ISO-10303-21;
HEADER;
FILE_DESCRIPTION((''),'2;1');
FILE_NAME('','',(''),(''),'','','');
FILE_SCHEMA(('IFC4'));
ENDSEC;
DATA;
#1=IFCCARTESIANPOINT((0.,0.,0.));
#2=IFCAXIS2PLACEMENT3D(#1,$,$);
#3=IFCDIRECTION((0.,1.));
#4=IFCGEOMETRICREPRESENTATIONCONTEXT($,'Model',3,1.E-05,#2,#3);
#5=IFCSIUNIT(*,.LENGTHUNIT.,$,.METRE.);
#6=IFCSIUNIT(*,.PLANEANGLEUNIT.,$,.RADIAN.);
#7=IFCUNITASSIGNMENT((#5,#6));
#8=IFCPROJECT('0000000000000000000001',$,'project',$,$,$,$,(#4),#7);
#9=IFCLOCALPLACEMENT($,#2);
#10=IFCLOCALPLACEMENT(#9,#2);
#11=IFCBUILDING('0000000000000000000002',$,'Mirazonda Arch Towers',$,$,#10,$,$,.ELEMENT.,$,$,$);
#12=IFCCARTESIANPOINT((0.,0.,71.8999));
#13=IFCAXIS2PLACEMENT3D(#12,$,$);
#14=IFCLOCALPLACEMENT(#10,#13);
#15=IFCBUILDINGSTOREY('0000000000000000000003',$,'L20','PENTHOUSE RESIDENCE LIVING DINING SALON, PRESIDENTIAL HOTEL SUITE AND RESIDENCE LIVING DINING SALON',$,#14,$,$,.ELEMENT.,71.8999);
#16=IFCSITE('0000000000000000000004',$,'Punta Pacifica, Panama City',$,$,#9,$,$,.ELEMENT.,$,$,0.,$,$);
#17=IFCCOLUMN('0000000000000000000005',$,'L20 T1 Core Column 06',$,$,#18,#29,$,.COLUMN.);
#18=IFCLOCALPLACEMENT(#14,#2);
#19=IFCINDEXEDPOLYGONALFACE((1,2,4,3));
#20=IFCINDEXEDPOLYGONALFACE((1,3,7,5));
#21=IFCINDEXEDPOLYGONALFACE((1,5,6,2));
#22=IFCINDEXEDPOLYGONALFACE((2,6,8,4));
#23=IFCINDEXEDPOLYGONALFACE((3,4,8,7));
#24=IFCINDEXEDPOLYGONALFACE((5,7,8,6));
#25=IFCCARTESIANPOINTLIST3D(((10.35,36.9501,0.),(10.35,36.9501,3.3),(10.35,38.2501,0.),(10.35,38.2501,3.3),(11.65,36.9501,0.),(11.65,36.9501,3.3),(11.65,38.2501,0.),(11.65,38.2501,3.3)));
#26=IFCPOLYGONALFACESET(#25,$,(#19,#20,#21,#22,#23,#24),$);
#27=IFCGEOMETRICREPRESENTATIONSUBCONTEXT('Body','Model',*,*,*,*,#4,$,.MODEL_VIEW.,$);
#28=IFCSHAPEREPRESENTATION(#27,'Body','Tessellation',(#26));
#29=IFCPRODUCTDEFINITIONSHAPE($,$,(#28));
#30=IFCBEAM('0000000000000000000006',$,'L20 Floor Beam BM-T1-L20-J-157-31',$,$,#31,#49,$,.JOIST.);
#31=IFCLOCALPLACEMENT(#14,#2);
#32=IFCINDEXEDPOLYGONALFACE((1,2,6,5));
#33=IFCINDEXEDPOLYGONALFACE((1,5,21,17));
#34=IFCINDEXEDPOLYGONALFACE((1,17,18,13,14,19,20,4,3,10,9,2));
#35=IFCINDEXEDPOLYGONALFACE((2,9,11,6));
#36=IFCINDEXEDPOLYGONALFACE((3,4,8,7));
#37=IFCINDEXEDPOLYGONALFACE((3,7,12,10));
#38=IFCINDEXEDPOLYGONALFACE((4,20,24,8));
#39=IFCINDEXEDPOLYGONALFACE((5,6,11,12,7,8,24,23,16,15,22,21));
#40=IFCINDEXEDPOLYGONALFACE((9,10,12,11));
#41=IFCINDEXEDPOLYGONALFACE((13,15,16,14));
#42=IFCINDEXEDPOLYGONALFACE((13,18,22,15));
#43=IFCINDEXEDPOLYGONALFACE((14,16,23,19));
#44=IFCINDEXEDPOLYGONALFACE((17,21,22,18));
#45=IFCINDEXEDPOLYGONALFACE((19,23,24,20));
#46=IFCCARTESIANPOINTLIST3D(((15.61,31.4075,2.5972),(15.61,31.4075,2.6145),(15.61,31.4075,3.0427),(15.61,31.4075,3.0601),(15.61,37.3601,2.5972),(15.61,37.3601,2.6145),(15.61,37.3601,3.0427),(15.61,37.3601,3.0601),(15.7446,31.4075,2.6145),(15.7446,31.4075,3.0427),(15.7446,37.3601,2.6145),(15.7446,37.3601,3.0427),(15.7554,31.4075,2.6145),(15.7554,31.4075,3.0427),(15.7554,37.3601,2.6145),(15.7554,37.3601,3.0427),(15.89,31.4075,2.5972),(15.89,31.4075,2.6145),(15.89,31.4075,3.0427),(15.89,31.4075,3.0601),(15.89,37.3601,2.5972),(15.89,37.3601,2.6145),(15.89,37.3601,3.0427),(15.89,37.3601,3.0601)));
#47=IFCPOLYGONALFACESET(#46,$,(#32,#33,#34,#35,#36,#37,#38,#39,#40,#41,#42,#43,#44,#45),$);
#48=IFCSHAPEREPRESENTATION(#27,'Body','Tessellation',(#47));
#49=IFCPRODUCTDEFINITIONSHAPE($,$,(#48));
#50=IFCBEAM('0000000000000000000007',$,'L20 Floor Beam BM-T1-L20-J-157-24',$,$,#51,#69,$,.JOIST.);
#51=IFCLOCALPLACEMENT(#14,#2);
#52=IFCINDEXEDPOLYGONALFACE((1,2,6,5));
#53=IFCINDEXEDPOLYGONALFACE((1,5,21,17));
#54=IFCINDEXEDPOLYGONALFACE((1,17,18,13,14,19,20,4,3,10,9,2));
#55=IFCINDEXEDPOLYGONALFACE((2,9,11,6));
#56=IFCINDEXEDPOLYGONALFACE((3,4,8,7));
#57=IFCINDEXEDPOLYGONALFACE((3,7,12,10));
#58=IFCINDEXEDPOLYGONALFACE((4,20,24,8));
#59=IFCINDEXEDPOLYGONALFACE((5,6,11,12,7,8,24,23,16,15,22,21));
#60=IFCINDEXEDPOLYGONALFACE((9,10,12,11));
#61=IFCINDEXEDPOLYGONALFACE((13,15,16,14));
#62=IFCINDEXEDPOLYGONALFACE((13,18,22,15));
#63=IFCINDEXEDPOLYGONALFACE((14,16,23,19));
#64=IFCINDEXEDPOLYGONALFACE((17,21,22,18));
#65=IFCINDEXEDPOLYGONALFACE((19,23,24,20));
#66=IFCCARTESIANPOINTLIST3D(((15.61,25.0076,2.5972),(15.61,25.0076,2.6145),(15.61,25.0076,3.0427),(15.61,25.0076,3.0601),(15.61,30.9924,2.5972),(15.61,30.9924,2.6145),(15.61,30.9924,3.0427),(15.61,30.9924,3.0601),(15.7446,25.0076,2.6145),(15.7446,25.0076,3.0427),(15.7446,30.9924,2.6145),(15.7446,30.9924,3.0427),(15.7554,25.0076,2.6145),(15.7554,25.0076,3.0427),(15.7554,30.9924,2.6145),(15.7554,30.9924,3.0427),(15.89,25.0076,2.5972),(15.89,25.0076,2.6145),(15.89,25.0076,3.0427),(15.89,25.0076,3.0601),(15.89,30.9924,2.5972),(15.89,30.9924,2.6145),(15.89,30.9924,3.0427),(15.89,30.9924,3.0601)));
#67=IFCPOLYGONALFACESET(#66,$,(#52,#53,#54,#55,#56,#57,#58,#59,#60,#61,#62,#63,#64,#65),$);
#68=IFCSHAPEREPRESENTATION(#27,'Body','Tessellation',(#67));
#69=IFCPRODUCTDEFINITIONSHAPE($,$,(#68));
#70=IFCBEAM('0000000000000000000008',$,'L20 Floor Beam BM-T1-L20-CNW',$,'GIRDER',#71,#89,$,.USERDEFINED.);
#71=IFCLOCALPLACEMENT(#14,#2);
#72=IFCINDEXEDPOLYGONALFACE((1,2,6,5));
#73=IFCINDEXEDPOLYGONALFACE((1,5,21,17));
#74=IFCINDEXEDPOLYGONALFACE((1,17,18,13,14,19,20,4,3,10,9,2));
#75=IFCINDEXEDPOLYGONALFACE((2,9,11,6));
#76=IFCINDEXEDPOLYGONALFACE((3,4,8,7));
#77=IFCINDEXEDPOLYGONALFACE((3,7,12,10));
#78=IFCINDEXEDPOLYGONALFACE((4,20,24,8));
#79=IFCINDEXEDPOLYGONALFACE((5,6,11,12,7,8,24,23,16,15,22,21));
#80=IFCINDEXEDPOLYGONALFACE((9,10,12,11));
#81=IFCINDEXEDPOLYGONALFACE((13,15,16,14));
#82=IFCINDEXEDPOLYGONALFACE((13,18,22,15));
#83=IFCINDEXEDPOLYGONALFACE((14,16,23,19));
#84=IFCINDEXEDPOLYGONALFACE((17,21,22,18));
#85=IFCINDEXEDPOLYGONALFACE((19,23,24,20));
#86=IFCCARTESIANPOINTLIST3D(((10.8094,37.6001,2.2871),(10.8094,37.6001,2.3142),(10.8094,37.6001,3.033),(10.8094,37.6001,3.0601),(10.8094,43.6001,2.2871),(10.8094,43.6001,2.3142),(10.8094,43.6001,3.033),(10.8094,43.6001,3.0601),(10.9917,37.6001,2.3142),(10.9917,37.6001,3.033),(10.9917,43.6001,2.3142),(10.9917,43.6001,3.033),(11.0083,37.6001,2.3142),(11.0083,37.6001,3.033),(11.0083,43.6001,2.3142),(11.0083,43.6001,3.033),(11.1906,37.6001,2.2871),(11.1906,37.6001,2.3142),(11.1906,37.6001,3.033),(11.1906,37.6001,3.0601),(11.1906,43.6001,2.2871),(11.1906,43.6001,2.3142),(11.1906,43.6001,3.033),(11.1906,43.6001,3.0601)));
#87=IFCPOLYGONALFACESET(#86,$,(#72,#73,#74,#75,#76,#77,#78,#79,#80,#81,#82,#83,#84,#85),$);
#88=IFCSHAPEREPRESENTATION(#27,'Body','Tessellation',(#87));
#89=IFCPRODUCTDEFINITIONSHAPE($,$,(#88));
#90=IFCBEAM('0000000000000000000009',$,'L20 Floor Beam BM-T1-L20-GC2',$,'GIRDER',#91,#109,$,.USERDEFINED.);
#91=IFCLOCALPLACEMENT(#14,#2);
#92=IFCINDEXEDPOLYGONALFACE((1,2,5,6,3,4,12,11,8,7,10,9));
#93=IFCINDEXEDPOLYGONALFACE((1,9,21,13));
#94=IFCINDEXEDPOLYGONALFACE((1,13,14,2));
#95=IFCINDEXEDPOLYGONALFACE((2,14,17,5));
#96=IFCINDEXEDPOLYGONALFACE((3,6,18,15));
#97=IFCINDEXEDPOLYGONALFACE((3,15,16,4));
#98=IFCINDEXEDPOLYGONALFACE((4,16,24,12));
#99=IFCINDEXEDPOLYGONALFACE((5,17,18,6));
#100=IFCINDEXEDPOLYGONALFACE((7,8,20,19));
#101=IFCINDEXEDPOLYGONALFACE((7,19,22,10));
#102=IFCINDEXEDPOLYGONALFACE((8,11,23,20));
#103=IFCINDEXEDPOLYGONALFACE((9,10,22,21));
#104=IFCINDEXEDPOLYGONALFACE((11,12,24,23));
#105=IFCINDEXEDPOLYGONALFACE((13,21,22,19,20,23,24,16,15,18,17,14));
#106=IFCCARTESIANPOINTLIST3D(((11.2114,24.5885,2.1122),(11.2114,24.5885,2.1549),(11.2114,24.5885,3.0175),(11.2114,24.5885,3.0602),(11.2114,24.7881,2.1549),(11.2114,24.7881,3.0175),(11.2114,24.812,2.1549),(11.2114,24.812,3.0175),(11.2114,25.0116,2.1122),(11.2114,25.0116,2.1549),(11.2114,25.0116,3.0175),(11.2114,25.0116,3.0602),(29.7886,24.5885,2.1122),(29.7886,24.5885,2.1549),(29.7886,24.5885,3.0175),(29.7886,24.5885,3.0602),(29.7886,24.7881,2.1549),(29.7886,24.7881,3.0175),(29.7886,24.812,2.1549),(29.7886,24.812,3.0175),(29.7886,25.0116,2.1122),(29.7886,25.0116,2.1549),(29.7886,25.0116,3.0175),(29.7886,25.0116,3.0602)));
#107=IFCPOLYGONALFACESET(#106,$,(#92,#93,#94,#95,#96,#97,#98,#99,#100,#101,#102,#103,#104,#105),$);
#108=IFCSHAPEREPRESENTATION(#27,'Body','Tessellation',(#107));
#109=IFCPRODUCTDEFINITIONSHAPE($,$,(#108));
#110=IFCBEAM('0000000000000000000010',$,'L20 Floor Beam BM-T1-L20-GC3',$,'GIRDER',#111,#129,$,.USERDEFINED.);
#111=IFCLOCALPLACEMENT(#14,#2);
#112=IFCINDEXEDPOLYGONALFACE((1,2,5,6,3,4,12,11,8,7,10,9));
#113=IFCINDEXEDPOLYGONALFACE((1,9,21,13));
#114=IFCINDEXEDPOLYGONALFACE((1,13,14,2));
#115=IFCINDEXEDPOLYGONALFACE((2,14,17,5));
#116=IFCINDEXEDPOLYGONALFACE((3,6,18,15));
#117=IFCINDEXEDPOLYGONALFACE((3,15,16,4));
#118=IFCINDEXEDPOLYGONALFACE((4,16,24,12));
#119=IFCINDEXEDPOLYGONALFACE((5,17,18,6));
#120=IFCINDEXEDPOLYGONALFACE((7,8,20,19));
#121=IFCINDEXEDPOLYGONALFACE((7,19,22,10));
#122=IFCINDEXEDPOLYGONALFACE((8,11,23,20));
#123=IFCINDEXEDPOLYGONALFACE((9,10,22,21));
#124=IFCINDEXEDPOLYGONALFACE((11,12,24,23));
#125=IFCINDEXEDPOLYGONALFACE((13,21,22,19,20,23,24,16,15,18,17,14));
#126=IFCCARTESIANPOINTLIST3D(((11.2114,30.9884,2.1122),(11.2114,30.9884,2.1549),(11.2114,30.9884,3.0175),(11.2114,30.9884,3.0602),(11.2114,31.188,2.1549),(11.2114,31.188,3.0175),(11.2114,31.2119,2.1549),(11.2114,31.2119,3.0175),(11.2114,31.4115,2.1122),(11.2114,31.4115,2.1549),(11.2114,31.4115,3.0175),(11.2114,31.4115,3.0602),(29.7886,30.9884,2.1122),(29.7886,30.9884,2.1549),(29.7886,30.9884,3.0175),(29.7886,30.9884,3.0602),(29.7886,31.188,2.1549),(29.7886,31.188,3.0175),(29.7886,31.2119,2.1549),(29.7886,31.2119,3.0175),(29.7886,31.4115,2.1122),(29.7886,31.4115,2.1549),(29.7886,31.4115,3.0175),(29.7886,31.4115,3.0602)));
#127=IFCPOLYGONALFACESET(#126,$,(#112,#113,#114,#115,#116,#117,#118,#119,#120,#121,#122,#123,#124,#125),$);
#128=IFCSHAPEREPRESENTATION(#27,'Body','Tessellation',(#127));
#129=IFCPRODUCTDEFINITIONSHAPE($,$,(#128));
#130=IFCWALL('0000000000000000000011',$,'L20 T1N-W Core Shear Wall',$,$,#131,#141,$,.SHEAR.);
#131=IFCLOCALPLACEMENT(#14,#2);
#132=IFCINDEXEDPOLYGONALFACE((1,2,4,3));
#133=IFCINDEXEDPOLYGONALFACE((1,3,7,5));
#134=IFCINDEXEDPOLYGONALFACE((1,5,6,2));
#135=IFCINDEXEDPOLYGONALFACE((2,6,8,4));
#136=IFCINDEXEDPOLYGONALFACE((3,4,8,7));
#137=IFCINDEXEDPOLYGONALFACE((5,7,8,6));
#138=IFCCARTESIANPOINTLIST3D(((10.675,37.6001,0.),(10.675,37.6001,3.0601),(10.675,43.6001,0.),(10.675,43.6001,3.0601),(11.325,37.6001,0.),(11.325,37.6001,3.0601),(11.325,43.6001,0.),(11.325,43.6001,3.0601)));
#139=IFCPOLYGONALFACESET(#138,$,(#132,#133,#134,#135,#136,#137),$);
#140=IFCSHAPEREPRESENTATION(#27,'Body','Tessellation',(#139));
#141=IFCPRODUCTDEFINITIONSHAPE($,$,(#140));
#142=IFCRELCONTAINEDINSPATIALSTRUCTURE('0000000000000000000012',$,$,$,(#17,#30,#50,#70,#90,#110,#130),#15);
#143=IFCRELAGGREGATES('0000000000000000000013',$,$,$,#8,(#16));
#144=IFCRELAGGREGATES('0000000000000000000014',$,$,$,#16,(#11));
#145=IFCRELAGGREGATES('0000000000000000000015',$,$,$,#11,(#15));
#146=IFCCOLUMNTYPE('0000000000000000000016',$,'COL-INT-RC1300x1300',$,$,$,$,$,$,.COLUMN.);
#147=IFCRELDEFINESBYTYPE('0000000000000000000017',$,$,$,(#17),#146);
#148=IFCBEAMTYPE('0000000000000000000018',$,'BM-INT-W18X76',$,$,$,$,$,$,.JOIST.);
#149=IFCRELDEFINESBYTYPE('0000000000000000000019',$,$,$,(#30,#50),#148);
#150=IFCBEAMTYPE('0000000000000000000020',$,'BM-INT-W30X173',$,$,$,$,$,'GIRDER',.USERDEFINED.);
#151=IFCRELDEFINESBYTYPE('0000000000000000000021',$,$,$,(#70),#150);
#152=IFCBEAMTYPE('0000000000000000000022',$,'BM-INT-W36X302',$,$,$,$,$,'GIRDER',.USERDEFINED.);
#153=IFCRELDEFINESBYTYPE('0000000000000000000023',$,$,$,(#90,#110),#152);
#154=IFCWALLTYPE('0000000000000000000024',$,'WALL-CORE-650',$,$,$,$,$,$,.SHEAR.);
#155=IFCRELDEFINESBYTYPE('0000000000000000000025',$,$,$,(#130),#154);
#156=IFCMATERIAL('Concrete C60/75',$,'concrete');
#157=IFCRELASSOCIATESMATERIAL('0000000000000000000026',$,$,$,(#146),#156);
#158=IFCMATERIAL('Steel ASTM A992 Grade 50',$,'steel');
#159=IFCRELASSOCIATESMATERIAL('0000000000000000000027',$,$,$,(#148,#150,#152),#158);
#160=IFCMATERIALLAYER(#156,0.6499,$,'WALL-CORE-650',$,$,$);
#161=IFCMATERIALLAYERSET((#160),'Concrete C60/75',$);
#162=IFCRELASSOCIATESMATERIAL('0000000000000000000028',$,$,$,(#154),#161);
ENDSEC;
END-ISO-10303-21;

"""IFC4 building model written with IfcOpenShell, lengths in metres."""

from ifc_helpers import new_model, si_unit, direction, frame, frame_2d, origin, origin_2d, place, context, subcontext, project, spatial, rectangle, i_section, extrude, material, layer, layer_set, material_profile, profile_set, type_object, element, save


model = new_model("IFC4")

# Units and contexts
model_context = context("Model", 3, precision=1e-05, world=origin(), true_north=direction((0.0, 1.0)))
body_context = subcontext(model_context, "Body", "Model", "MODEL_VIEW")
ifc_project = project(units=[si_unit("LENGTHUNIT", "METRE"), si_unit("PLANEANGLEUNIT", "RADIAN")], contexts=[model_context])

# Site, building, storey
site_placement = place(None, origin())
site = spatial("IfcSite", under=ifc_project, at=site_placement, Name="Punta Pacifica, Panama City", CompositionType="ELEMENT", RefElevation=0.0)
building_placement = place(site_placement, origin())
building = spatial("IfcBuilding", under=site, at=building_placement, Name="Mirazonda Arch Towers", CompositionType="ELEMENT")
storey_placement = place(building_placement, frame((0.0, 0.0, 71.8999)))
storey = spatial("IfcBuildingStorey", under=building, at=storey_placement, Name="L20", Description="PENTHOUSE RESIDENCE LIVING DINING SALON, PRESIDENTIAL HOTEL SUITE AND RESIDENCE LIVING DINING SALON", CompositionType="ELEMENT", Elevation=71.8999)

# Column
ifc_material_1 = material(Name="Concrete C60/75", Category="concrete")
ifc_material_profile_1 = material_profile(ifc_material_1, rectangle(XDim=1.3, YDim=1.3, at=origin_2d()), Name="RC1300x1300")
ifc_profile_set_1 = profile_set([ifc_material_profile_1], Name="Concrete C60/75")
column_type = type_object("IfcColumnType", Name="COL-INT-RC1300x1300", PredefinedType="COLUMN", material=ifc_profile_set_1)
column_placement = place(storey_placement, frame((11.0, 37.6001, 0.0), z_axis=(0.0, 0.0, 1.0), x_axis=(1.0, 0.0, 0.0)))
element("IfcColumn", 1, at=column_placement, inside=storey, type_object=column_type, Name="L20 T1 Core Column 06", PredefinedType="COLUMN", context=body_context, shape_type="SweptSolid", body=[
    extrude(rectangle(XDim=1.3, YDim=1.3, at=origin_2d()), origin(), (0.0, 0.0, 1.0), 3.3),
])

# Beams
ifc_material_2 = material(Name="Steel ASTM A992 Grade 50", Category="steel")
ifc_material_profile_2 = material_profile(ifc_material_2, i_section(OverallWidth=0.28, OverallDepth=0.4629, WebThickness=0.0107, FlangeThickness=0.0173, at=origin_2d()), Name="W18X76")
ifc_profile_set_2 = profile_set([ifc_material_profile_2], Name="Steel ASTM A992 Grade 50")
beam_type_1 = type_object("IfcBeamType", Name="BM-INT-W18X76", PredefinedType="JOIST", material=ifc_profile_set_2)
beam_1_placement = place(storey_placement, frame((15.75, 31.4075, 2.8286), z_axis=(0.0, 1.0, 0.0), x_axis=(-1.0, 0.0, 0.0)))
element("IfcBeam", 2, at=beam_1_placement, inside=storey, type_object=beam_type_1, Name="L20 Floor Beam BM-T1-L20-J-157-31", PredefinedType="JOIST", context=body_context, shape_type="SweptSolid", body=[
    extrude(i_section(OverallWidth=0.28, OverallDepth=0.4629, WebThickness=0.0107, FlangeThickness=0.0173, at=origin_2d()), origin(), (0.0, 0.0, 1.0), 5.9526),
])
beam_2_placement = place(storey_placement, frame((15.75, 25.0076, 2.8286), z_axis=(0.0, 1.0, 0.0), x_axis=(-1.0, 0.0, 0.0)))
element("IfcBeam", 3, at=beam_2_placement, inside=storey, type_object=beam_type_1, Name="L20 Floor Beam BM-T1-L20-J-157-24", PredefinedType="JOIST", context=body_context, shape_type="SweptSolid", body=[
    extrude(i_section(OverallWidth=0.28, OverallDepth=0.4629, WebThickness=0.0107, FlangeThickness=0.0173, at=origin_2d()), origin(), (0.0, 0.0, 1.0), 5.9849),
])
ifc_material_profile_3 = material_profile(ifc_material_2, i_section(OverallWidth=0.3811, OverallDepth=0.7729, WebThickness=0.0166, FlangeThickness=0.0271, at=origin_2d()), Name="W30X173")
ifc_profile_set_3 = profile_set([ifc_material_profile_3], Name="Steel ASTM A992 Grade 50")
beam_type_2 = type_object("IfcBeamType", Name="BM-INT-W30X173", ElementType="GIRDER", PredefinedType="USERDEFINED", material=ifc_profile_set_3)
beam_3_placement = place(storey_placement, frame((11.0, 37.6001, 2.6736), z_axis=(0.0, 1.0, 0.0), x_axis=(-1.0, 0.0, 0.0)))
element("IfcBeam", 4, at=beam_3_placement, inside=storey, type_object=beam_type_2, Name="L20 Floor Beam BM-T1-L20-CNW", ObjectType="GIRDER", PredefinedType="USERDEFINED", context=body_context, shape_type="SweptSolid", body=[
    extrude(i_section(OverallWidth=0.3811, OverallDepth=0.7729, WebThickness=0.0166, FlangeThickness=0.0271, at=origin_2d()), origin(), (0.0, 0.0, 1.0), 6.0),
])
ifc_material_profile_4 = material_profile(ifc_material_2, i_section(OverallWidth=0.4231, OverallDepth=0.948, WebThickness=0.0239, FlangeThickness=0.0427, at=origin_2d()), Name="W36X302")
ifc_profile_set_4 = profile_set([ifc_material_profile_4], Name="Steel ASTM A992 Grade 50")
beam_type_3 = type_object("IfcBeamType", Name="BM-INT-W36X302", ElementType="GIRDER", PredefinedType="USERDEFINED", material=ifc_profile_set_4)
for number, where, z_axis, x_axis, name in (
    (5, (11.2114, 24.8, 2.5862), (1.0, 0.0, 0.0), (0.0, 1.0, 0.0), "L20 Floor Beam BM-T1-L20-GC2"),
    (6, (11.2114, 31.2, 2.5862), (1.0, 0.0, 0.0), (0.0, 1.0, 0.0), "L20 Floor Beam BM-T1-L20-GC3"),
):
    element("IfcBeam", number, at=place(storey_placement, frame(where, z_axis=z_axis, x_axis=x_axis)), inside=storey, type_object=beam_type_3, Name=name, ObjectType="GIRDER", PredefinedType="USERDEFINED", context=body_context, shape_type="SweptSolid", body=[
        extrude(i_section(OverallWidth=0.4231, OverallDepth=0.948, WebThickness=0.0239, FlangeThickness=0.0427, at=origin_2d()), origin(), (0.0, 0.0, 1.0), 18.5771),
    ])

# Wall
ifc_layer_1 = layer(ifc_material_1, 0.6499, Name="WALL-CORE-650")
ifc_layer_set_1 = layer_set([ifc_layer_1], Name="Concrete C60/75")
wall_type_1 = type_object("IfcWallType", Name="WALL-CORE-650", PredefinedType="SHEAR", material=ifc_layer_set_1)
wall_1_placement = place(storey_placement, frame((11.0, 37.6001, 0.0), z_axis=(0.0, 0.0, 1.0), x_axis=(0.0, 1.0, 0.0)))
element("IfcWall", 7, at=wall_1_placement, inside=storey, type_object=wall_type_1, Name="L20 T1N-W Core Shear Wall", PredefinedType="SHEAR", context=body_context, shape_type="SweptSolid", body=[
    extrude(rectangle(XDim=6.0, YDim=0.6499, at=frame_2d((3.0, 0.0))), origin(), (0.0, 0.0, 1.0), 3.0601),
])

save(model, "model.ifc")
